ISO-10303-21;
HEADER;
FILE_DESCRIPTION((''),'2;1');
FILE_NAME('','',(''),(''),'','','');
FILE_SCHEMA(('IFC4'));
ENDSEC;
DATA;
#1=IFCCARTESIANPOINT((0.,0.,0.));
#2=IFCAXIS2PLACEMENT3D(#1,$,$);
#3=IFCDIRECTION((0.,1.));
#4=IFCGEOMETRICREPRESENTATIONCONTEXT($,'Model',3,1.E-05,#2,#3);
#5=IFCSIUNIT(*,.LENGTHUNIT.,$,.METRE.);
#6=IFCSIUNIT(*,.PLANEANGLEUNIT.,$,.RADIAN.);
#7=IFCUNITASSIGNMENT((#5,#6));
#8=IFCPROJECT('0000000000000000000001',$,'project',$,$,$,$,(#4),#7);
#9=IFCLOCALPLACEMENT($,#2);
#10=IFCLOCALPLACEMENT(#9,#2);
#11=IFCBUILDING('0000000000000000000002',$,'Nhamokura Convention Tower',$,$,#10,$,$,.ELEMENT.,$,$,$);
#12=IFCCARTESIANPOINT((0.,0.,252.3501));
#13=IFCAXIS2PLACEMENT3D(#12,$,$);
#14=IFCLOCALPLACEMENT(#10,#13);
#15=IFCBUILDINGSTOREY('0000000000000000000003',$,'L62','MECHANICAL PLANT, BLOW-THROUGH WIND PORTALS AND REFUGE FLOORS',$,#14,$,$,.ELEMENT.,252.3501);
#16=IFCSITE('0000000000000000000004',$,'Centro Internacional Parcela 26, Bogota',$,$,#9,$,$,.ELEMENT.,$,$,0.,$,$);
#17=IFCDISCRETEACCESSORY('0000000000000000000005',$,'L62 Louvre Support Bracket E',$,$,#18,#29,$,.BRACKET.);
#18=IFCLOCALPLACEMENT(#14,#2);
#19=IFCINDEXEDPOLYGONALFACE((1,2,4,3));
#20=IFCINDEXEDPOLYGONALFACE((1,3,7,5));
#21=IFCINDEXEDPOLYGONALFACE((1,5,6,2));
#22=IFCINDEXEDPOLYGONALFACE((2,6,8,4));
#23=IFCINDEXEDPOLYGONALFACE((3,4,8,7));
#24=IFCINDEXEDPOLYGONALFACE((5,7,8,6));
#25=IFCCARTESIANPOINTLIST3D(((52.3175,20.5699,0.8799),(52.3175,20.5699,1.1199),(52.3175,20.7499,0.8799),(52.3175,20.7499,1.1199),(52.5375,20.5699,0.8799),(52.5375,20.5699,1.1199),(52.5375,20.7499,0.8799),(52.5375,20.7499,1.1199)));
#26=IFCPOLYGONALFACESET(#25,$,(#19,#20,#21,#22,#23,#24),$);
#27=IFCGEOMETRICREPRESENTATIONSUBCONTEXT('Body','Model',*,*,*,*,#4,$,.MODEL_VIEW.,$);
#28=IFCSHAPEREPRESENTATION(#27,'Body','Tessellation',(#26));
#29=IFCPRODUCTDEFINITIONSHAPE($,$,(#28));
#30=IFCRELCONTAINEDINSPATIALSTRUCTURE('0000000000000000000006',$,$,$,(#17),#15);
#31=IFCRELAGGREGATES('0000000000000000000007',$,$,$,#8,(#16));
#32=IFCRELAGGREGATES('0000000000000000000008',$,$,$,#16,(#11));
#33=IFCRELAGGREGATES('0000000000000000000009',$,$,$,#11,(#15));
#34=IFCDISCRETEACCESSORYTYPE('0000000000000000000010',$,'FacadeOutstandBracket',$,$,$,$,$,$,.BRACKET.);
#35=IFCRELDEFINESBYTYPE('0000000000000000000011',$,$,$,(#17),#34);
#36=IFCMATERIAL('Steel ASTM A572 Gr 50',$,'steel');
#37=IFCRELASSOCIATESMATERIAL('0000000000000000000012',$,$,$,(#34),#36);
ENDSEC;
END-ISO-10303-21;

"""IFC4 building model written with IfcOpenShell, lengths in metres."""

from ifc_helpers import new_model, si_unit, direction, frame, origin, origin_2d, place, context, subcontext, project, spatial, rectangle, extrude, material, type_object, element, save


model = new_model("IFC4")

# Units and contexts
model_context = context("Model", 3, precision=1e-05, world=origin(), true_north=direction((0.0, 1.0)))
body_context = subcontext(model_context, "Body", "Model", "MODEL_VIEW")
ifc_project = project(units=[si_unit("LENGTHUNIT", "METRE"), si_unit("PLANEANGLEUNIT", "RADIAN")], contexts=[model_context])

# Site, building, storey
site_placement = place(None, origin())
site = spatial("IfcSite", under=ifc_project, at=site_placement, Name="Centro Internacional Parcela 26, Bogota", CompositionType="ELEMENT", RefElevation=0.0)
building_placement = place(site_placement, origin())
building = spatial("IfcBuilding", under=site, at=building_placement, Name="Nhamokura Convention Tower", CompositionType="ELEMENT")
storey_placement = place(building_placement, frame((0.0, 0.0, 252.3501)))
storey = spatial("IfcBuildingStorey", under=building, at=storey_placement, Name="L62", Description="MECHANICAL PLANT, BLOW-THROUGH WIND PORTALS AND REFUGE FLOORS", CompositionType="ELEMENT", Elevation=252.3501)

# Discrete accessory
ifc_material_1 = material(Name="Steel ASTM A572 Gr 50", Category="steel")
discrete_accessory_type = type_object("IfcDiscreteAccessoryType", Name="FacadeOutstandBracket", PredefinedType="BRACKET", material=ifc_material_1)
discrete_accessory_placement = place(storey_placement, frame((52.4275, 20.6599, 0.8799), z_axis=(0.0, 0.0, 1.0), x_axis=(0.0, -1.0, 0.0)))
element("IfcDiscreteAccessory", 1, at=discrete_accessory_placement, inside=storey, type_object=discrete_accessory_type, Name="L62 Louvre Support Bracket E", PredefinedType="BRACKET", context=body_context, shape_type="SweptSolid", body=[
    extrude(rectangle(XDim=0.1799, YDim=0.22, at=origin_2d()), origin(), (0.0, 0.0, 1.0), 0.24),
])

save(model, "model.ifc")
